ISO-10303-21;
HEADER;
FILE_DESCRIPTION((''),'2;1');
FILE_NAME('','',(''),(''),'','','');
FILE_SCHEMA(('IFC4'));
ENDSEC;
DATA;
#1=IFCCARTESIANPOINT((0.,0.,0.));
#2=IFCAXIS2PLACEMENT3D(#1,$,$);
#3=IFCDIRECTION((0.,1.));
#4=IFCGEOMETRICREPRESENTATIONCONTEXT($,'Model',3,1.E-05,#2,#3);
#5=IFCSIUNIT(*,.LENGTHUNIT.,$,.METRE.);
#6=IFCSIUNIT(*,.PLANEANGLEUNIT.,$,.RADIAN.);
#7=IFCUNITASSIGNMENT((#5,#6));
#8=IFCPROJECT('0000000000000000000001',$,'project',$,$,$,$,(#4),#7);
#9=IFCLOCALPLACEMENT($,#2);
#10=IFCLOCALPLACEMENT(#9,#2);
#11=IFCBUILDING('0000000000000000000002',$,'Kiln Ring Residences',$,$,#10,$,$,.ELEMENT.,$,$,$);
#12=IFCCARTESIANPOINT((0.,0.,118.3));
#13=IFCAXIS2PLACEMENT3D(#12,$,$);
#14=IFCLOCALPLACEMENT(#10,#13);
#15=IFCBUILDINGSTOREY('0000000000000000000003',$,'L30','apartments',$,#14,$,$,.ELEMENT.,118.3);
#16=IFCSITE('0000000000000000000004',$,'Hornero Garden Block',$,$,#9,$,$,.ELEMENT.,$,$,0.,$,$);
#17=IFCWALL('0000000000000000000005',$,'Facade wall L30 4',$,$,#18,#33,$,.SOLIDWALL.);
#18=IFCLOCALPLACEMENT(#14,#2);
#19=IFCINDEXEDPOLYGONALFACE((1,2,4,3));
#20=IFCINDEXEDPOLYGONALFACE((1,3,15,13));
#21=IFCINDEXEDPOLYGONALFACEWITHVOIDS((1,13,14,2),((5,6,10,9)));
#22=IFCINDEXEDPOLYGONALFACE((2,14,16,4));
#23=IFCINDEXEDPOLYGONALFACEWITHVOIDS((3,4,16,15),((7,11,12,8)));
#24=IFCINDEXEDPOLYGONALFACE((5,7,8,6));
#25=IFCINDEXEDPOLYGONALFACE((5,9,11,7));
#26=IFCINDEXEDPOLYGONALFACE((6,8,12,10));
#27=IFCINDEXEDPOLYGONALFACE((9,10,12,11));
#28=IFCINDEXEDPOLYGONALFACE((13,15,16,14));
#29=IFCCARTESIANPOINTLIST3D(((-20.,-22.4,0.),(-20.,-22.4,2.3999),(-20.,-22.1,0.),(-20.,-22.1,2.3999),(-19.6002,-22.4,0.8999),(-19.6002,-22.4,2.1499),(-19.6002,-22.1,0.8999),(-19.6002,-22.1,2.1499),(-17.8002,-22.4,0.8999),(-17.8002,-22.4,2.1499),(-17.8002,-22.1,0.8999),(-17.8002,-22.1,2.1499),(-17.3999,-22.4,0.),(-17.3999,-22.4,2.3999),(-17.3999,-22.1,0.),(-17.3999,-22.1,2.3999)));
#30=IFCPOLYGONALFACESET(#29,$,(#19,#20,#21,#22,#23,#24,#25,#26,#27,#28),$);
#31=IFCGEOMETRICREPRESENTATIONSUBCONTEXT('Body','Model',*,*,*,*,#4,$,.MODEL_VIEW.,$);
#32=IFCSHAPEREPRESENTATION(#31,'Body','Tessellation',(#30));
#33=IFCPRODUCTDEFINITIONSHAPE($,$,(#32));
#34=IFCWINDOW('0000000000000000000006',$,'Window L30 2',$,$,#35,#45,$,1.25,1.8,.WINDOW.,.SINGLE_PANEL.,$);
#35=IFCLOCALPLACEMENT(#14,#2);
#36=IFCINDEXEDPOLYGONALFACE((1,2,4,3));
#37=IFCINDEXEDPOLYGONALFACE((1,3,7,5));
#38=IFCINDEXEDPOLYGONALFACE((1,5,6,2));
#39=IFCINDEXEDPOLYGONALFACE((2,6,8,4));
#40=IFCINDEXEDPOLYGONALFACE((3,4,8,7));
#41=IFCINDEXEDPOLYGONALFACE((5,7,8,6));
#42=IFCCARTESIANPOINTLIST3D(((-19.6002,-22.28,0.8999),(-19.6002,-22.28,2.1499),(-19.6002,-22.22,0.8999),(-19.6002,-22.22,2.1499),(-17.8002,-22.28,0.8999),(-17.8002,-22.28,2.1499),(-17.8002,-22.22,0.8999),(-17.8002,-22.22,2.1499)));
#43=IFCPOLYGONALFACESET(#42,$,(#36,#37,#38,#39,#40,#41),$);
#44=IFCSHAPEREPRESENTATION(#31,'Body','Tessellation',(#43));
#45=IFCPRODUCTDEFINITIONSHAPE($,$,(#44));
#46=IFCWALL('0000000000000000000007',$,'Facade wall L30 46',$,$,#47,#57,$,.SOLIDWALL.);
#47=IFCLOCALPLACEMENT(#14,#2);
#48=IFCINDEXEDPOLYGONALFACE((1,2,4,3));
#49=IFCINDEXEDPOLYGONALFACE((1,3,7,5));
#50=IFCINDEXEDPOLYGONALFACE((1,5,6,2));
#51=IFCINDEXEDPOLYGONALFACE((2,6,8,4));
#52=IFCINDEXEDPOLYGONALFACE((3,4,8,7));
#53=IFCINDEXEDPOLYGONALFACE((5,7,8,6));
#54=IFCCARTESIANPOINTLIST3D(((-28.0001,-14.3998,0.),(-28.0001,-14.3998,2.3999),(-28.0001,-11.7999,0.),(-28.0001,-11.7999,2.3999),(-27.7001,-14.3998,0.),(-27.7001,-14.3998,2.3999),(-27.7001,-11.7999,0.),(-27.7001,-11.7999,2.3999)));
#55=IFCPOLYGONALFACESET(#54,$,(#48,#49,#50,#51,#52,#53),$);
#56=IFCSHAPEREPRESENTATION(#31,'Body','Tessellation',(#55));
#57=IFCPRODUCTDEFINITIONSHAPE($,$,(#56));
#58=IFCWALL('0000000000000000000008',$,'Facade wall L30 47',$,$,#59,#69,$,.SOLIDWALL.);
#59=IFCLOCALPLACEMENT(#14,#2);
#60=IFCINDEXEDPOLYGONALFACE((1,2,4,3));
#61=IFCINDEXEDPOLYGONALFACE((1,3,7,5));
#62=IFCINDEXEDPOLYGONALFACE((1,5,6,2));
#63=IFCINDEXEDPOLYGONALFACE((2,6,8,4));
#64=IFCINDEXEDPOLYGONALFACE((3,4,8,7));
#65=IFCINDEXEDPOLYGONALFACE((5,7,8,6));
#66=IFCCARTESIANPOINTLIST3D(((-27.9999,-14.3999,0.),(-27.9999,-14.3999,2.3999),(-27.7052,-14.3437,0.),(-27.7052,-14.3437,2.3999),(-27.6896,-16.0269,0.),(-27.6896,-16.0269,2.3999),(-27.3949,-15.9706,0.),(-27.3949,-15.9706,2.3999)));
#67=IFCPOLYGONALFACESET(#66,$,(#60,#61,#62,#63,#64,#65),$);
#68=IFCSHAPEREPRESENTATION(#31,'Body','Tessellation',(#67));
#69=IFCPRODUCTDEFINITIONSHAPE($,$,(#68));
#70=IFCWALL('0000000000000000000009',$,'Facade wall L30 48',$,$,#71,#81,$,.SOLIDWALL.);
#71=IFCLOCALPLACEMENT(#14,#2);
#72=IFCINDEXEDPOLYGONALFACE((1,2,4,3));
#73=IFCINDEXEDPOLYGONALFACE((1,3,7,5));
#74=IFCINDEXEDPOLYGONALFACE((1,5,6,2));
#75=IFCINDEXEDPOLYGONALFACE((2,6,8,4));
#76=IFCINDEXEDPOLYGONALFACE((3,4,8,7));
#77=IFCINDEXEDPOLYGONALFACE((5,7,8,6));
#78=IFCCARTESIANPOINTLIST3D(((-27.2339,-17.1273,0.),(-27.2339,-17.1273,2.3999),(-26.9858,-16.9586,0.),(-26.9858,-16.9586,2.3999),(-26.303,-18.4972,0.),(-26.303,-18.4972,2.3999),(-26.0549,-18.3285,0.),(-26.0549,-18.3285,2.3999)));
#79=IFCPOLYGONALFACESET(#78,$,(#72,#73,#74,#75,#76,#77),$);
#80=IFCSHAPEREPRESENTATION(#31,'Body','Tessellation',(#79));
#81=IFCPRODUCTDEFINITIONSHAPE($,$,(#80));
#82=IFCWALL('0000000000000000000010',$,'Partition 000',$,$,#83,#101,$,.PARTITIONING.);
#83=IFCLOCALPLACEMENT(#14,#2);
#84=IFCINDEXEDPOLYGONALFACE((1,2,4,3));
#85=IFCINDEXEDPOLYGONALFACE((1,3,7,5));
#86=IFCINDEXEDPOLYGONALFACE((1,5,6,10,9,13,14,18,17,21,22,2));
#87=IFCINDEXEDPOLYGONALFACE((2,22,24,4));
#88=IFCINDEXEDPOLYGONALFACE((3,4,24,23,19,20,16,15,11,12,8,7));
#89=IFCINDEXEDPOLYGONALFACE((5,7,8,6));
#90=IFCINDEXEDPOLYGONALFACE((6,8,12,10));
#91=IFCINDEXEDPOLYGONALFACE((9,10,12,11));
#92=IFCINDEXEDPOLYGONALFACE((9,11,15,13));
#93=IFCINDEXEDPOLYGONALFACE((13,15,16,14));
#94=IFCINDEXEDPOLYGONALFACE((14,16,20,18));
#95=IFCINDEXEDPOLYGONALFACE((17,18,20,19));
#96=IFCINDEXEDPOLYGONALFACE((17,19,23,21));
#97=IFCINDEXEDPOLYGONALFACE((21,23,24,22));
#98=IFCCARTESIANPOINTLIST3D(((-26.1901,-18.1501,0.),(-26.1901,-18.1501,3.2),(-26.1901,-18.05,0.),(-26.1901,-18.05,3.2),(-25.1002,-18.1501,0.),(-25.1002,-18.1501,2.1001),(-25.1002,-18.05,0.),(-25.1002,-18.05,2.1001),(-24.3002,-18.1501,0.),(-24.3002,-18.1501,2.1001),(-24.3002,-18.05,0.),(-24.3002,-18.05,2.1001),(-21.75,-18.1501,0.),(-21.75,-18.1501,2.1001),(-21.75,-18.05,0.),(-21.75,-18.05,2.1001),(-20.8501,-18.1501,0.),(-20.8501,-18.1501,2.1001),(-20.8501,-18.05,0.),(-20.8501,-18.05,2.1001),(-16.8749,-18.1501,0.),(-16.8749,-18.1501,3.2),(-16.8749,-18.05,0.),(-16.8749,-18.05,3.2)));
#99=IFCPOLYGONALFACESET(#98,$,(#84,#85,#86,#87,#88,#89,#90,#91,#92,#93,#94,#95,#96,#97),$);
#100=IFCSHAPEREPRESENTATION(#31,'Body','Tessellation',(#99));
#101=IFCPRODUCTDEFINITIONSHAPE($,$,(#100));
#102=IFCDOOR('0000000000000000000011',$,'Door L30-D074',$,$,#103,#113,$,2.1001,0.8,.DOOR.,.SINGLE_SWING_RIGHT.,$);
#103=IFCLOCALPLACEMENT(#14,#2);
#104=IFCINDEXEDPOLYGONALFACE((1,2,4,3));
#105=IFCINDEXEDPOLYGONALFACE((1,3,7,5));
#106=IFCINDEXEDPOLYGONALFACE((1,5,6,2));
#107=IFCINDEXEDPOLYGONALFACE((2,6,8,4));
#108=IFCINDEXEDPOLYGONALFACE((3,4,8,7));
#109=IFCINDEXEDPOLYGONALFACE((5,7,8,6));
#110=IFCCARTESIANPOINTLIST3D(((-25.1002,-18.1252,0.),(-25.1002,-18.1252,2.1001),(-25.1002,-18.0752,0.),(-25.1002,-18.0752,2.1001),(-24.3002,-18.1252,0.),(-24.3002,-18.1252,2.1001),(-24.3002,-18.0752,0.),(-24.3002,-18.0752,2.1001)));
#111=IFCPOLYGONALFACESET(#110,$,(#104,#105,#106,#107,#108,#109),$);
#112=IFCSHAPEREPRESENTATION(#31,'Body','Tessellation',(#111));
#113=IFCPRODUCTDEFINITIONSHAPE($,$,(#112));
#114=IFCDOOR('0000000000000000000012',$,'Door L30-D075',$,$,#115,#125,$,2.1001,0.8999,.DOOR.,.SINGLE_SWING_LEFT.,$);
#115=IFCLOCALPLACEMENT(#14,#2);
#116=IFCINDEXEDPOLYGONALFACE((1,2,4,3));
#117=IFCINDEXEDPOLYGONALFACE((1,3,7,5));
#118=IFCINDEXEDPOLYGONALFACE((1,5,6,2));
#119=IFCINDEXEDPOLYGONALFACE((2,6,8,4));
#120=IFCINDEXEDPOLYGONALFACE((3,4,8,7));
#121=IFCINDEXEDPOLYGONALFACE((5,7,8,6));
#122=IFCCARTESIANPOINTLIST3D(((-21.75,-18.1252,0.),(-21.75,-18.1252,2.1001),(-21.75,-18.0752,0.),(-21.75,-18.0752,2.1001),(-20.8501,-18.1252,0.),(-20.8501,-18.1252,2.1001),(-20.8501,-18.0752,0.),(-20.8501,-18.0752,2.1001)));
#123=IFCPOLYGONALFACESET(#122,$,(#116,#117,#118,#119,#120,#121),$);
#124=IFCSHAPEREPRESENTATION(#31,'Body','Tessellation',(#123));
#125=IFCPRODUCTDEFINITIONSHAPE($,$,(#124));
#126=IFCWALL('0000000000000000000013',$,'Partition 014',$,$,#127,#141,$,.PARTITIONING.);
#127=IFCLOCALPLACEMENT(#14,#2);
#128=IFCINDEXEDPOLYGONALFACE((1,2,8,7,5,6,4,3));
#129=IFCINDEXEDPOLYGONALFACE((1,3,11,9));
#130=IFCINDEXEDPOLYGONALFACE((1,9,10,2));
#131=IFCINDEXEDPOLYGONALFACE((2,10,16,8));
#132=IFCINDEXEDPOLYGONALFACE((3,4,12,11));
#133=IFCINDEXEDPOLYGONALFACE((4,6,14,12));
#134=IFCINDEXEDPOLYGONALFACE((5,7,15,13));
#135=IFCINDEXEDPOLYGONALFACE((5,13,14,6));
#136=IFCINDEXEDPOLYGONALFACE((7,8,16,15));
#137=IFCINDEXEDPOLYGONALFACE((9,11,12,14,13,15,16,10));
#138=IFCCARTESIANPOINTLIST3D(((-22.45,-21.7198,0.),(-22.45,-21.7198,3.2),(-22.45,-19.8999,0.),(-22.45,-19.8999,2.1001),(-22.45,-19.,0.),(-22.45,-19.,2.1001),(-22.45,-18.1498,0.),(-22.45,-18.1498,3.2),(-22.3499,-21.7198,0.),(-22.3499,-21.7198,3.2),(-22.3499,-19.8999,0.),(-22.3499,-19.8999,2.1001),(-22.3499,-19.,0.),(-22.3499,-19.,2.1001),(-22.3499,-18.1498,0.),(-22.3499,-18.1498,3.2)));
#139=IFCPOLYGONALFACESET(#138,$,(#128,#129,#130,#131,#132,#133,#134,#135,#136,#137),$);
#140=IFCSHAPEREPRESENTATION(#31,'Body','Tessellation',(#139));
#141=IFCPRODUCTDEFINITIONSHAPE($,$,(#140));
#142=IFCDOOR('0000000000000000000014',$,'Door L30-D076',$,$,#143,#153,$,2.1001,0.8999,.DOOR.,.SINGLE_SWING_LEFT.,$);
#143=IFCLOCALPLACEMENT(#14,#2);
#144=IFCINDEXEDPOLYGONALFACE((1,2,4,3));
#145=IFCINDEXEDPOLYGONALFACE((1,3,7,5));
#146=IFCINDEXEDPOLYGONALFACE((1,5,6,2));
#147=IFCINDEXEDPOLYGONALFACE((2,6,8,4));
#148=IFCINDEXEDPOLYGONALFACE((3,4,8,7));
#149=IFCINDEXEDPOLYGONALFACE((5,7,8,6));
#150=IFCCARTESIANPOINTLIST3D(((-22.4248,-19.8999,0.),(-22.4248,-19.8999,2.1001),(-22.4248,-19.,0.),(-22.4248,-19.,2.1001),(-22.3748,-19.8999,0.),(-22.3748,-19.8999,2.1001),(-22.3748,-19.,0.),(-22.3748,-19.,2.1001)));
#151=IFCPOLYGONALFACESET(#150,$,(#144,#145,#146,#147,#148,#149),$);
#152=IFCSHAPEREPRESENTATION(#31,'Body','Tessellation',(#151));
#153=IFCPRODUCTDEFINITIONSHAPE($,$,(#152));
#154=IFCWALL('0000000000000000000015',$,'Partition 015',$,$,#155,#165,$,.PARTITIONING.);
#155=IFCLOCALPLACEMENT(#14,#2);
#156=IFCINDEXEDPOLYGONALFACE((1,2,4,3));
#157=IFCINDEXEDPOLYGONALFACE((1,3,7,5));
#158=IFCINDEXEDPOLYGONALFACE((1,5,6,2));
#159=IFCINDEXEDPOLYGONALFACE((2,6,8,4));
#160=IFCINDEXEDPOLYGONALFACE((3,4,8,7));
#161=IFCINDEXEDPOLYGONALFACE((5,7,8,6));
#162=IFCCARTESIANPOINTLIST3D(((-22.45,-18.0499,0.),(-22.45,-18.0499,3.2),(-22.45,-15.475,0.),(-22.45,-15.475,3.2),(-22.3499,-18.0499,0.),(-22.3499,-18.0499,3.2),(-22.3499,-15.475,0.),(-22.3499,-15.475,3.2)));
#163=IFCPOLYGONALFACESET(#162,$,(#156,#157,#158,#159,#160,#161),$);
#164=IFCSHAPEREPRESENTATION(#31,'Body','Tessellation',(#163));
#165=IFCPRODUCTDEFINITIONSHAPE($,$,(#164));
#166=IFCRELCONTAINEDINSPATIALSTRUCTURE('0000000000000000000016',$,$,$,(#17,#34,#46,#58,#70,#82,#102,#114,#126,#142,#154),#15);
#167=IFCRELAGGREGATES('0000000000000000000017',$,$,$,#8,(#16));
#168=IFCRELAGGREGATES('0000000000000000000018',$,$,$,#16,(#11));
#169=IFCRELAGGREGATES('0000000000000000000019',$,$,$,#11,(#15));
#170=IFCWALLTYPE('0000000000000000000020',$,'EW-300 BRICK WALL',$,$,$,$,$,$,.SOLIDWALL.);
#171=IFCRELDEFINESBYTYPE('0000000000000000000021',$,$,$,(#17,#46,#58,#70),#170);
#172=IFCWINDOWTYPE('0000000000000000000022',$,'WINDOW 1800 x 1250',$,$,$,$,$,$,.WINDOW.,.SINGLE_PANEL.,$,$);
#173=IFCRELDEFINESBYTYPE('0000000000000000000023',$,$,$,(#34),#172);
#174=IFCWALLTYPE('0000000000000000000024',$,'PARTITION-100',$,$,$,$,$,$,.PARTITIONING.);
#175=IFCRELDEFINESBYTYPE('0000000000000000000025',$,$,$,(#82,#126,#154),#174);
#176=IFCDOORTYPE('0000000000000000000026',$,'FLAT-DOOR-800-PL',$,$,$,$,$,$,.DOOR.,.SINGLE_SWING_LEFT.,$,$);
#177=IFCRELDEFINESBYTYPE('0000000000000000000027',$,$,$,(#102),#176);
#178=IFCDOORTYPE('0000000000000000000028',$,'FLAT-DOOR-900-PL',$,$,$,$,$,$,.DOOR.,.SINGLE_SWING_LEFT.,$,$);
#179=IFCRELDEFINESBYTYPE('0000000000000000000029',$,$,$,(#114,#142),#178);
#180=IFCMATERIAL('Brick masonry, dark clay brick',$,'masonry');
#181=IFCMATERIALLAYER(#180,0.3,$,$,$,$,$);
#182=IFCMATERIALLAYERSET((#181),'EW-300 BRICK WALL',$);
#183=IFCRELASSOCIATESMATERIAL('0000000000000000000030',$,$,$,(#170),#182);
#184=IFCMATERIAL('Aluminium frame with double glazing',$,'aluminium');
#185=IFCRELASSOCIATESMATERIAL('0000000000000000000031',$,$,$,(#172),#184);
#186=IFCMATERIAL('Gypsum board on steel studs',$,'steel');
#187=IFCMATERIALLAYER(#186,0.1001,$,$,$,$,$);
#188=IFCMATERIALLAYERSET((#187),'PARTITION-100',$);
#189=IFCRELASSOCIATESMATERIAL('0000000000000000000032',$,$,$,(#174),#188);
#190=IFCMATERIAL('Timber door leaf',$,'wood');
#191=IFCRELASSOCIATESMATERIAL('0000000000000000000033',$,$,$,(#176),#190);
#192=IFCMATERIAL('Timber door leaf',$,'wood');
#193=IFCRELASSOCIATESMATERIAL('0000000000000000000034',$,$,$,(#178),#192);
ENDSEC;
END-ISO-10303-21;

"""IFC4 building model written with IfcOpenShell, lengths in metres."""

from ifc_helpers import new_model, si_unit, direction, frame, frame_2d, origin, place, context, subcontext, project, spatial, rectangle, extrude, material, layer, layer_set, type_object, element, fill, save


model = new_model("IFC4")

# Units and contexts
model_context = context("Model", 3, precision=1e-05, world=origin(), true_north=direction((0.0, 1.0)))
body_context = subcontext(model_context, "Body", "Model", "MODEL_VIEW")
ifc_project = project(units=[si_unit("LENGTHUNIT", "METRE"), si_unit("PLANEANGLEUNIT", "RADIAN")], contexts=[model_context])

# Site, building, storey
site_placement = place(None, origin())
site = spatial("IfcSite", under=ifc_project, at=site_placement, Name="Hornero Garden Block", CompositionType="ELEMENT", RefElevation=0.0)
building_placement = place(site_placement, origin())
building = spatial("IfcBuilding", under=site, at=building_placement, Name="Kiln Ring Residences", CompositionType="ELEMENT")
storey_placement = place(building_placement, frame((0.0, 0.0, 118.3)))
storey = spatial("IfcBuildingStorey", under=building, at=storey_placement, Name="L30", Description="apartments", CompositionType="ELEMENT", Elevation=118.3)

# Shared definitions
ifc_material_1 = material(Name="Brick masonry, dark clay brick", Category="masonry")
ifc_layer_1 = layer(ifc_material_1, 0.3)
ifc_layer_set_1 = layer_set([ifc_layer_1], Name="EW-300 BRICK WALL")
wall_type_1 = type_object("IfcWallType", Name="EW-300 BRICK WALL", PredefinedType="SOLIDWALL", material=ifc_layer_set_1)

# Wall, opening, window
wall_1_placement = place(storey_placement, frame((-20.0, -22.25, 0.0), z_axis=(0.0, 0.0, 1.0), x_axis=(1.0, 0.0, 0.0)))
wall_1 = element("IfcWall", 1, at=wall_1_placement, inside=storey, type_object=wall_type_1, Name="Facade wall L30 4", PredefinedType="SOLIDWALL", context=body_context, shape_type="SweptSolid", body=[
    extrude(rectangle(XDim=2.6001, YDim=0.3, at=frame_2d((1.3, 0.0))), origin(), (0.0, 0.0, 1.0), 2.3999),
])
opening_1_placement = place(wall_1_placement, frame((0.3999, 0.0, 0.8999)))
opening_1 = element("IfcOpeningElement", 2, at=opening_1_placement, cuts=wall_1, PredefinedType="OPENING", context=body_context, shape_type="SweptSolid", body=[
    extrude(rectangle(XDim=1.8, YDim=1.25, at=frame_2d((0.8999, 0.625))), frame((0.0, 0.1599, 0.0), z_axis=(0.0, -1.0, 0.0), x_axis=(1.0, 0.0, 0.0)), (0.0, 0.0, 1.0), 0.3201),
])
ifc_material_2 = material(Name="Aluminium frame with double glazing", Category="aluminium")
window_type_1 = type_object("IfcWindowType", Name="WINDOW 1800 x 1250", PartitioningType="SINGLE_PANEL", PredefinedType="WINDOW", material=ifc_material_2)
window_1_placement = place(opening_1_placement, origin())
window_1 = element("IfcWindow", 3, at=window_1_placement, inside=storey, type_object=window_type_1, Name="Window L30 2", OverallHeight=1.25, OverallWidth=1.8, PartitioningType="SINGLE_PANEL", PredefinedType="WINDOW", context=body_context, shape_type="SweptSolid", body=[
    extrude(rectangle(XDim=1.8, YDim=1.25, at=frame_2d((0.8999, 0.625))), frame((0.0, 0.03, 0.0), z_axis=(0.0, -1.0, 0.0), x_axis=(1.0, 0.0, 0.0)), (0.0, 0.0, 1.0), 0.0601),
])
fill(opening_1, window_1)

# Walls
wall_2_placement = place(storey_placement, frame((-27.8501, -11.8, 0.0), z_axis=(0.0, 0.0, 1.0), x_axis=(0.0, -1.0, 0.0)))
element("IfcWall", 4, at=wall_2_placement, inside=storey, type_object=wall_type_1, Name="Facade wall L30 46", PredefinedType="SOLIDWALL", context=body_context, shape_type="SweptSolid", body=[
    extrude(rectangle(XDim=2.5999, YDim=0.3, at=frame_2d((1.2998, 0.0))), origin(), (0.0, 0.0, 1.0), 2.3999),
])
for number, where, z_axis, x_axis, name in (
    (5, (-27.8525, -14.3718, 0.0), (0.0, 0.0, 1.0), (0.187349, -0.982293, 0.0), "Facade wall L30 47"),
    (6, (-27.1099, -17.043, 0.0), (0.0, 0.0, 1.0), (0.56206, -0.827096, 0.0), "Facade wall L30 48"),
):
    element("IfcWall", number, at=place(storey_placement, frame(where, z_axis=z_axis, x_axis=x_axis)), inside=storey, type_object=wall_type_1, Name=name, PredefinedType="SOLIDWALL", context=body_context, shape_type="SweptSolid", body=[
        extrude(rectangle(XDim=1.6562, YDim=0.3, at=frame_2d((0.8281, 0.0))), origin(), (0.0, 0.0, 1.0), 2.3999),
    ])

# Wall, openings, doors
ifc_material_3 = material(Name="Gypsum board on steel studs", Category="steel")
ifc_layer_2 = layer(ifc_material_3, 0.1001)
ifc_layer_set_2 = layer_set([ifc_layer_2], Name="PARTITION-100")
wall_type_2 = type_object("IfcWallType", Name="PARTITION-100", PredefinedType="PARTITIONING", material=ifc_layer_set_2)
wall_3_placement = place(storey_placement, frame((-26.1902, -18.1001, 0.0), z_axis=(0.0, 0.0, 1.0), x_axis=(1.0, 0.0, 0.0)))
wall_3 = element("IfcWall", 7, at=wall_3_placement, inside=storey, type_object=wall_type_2, Name="Partition 000", PredefinedType="PARTITIONING", context=body_context, shape_type="SweptSolid", body=[
    extrude(rectangle(XDim=9.3152, YDim=0.1001, at=frame_2d((4.6577, 0.0))), origin(), (0.0, 0.0, 1.0), 3.2),
])
opening_2_placement = place(wall_3_placement, frame((1.0901, 0.0, 0.0)))
opening_2 = element("IfcOpeningElement", 8, at=opening_2_placement, cuts=wall_3, PredefinedType="OPENING", context=body_context, shape_type="SweptSolid", body=[
    extrude(rectangle(XDim=0.8, YDim=2.1001, at=frame_2d((0.3999, 1.05))), frame((0.0, 0.0601, 0.0), z_axis=(0.0, -1.0, 0.0), x_axis=(1.0, 0.0, 0.0)), (0.0, 0.0, 1.0), 0.1201),
])
opening_3_placement = place(wall_3_placement, frame((4.4402, 0.0, 0.0)))
opening_3 = element("IfcOpeningElement", 9, at=opening_3_placement, cuts=wall_3, PredefinedType="OPENING", context=body_context, shape_type="SweptSolid", body=[
    extrude(rectangle(XDim=0.8999, YDim=2.1001, at=frame_2d((0.45, 1.05))), frame((0.0, 0.0601, 0.0), z_axis=(0.0, -1.0, 0.0), x_axis=(1.0, 0.0, 0.0)), (0.0, 0.0, 1.0), 0.1201),
])
ifc_material_4 = material(Name="Timber door leaf", Category="wood")
door_type_1 = type_object("IfcDoorType", Name="FLAT-DOOR-800-PL", OperationType="SINGLE_SWING_LEFT", PredefinedType="DOOR", material=ifc_material_4)
door_1_placement = place(opening_2_placement, origin())
door_1 = element("IfcDoor", 10, at=door_1_placement, inside=storey, type_object=door_type_1, Name="Door L30-D074", OperationType="SINGLE_SWING_RIGHT", OverallHeight=2.1001, OverallWidth=0.8, PredefinedType="DOOR", context=body_context, shape_type="SweptSolid", body=[
    extrude(rectangle(XDim=0.8, YDim=2.1001, at=frame_2d((0.3999, 1.05))), frame((0.0, 0.0249, 0.0), z_axis=(0.0, -1.0, 0.0), x_axis=(1.0, 0.0, 0.0)), (0.0, 0.0, 1.0), 0.05),
])
fill(opening_2, door_1)
ifc_material_5 = material(Name="Timber door leaf", Category="wood")
door_type_2 = type_object("IfcDoorType", Name="FLAT-DOOR-900-PL", OperationType="SINGLE_SWING_LEFT", PredefinedType="DOOR", material=ifc_material_5)
door_2_placement = place(opening_3_placement, origin())
door_2 = element("IfcDoor", 11, at=door_2_placement, inside=storey, type_object=door_type_2, Name="Door L30-D075", OperationType="SINGLE_SWING_LEFT", OverallHeight=2.1001, OverallWidth=0.8999, PredefinedType="DOOR", context=body_context, shape_type="SweptSolid", body=[
    extrude(rectangle(XDim=0.8999, YDim=2.1001, at=frame_2d((0.45, 1.05))), frame((0.0, 0.0249, 0.0), z_axis=(0.0, -1.0, 0.0), x_axis=(1.0, 0.0, 0.0)), (0.0, 0.0, 1.0), 0.05),
])
fill(opening_3, door_2)

# Wall, opening, door
wall_4_placement = place(storey_placement, frame((-22.3999, -21.72, 0.0), z_axis=(0.0, 0.0, 1.0), x_axis=(0.0, 1.0, 0.0)))
wall_4 = element("IfcWall", 12, at=wall_4_placement, inside=storey, type_object=wall_type_2, Name="Partition 014", PredefinedType="PARTITIONING", context=body_context, shape_type="SweptSolid", body=[
    extrude(rectangle(XDim=3.5701, YDim=0.1001, at=frame_2d((1.7852, 0.0))), origin(), (0.0, 0.0, 1.0), 3.2),
])
opening_4_placement = place(wall_4_placement, frame((1.8201, 0.0, 0.0)))
opening_4 = element("IfcOpeningElement", 13, at=opening_4_placement, cuts=wall_4, PredefinedType="OPENING", context=body_context, shape_type="SweptSolid", body=[
    extrude(rectangle(XDim=0.8999, YDim=2.1001, at=frame_2d((0.45, 1.05))), frame((0.0, 0.0601, 0.0), z_axis=(0.0, -1.0, 0.0), x_axis=(1.0, 0.0, 0.0)), (0.0, 0.0, 1.0), 0.1201),
])
door_3_placement = place(opening_4_placement, origin())
door_3 = element("IfcDoor", 14, at=door_3_placement, inside=storey, type_object=door_type_2, Name="Door L30-D076", OperationType="SINGLE_SWING_LEFT", OverallHeight=2.1001, OverallWidth=0.8999, PredefinedType="DOOR", context=body_context, shape_type="SweptSolid", body=[
    extrude(rectangle(XDim=0.8999, YDim=2.1001, at=frame_2d((0.45, 1.05))), frame((0.0, 0.0249, 0.0), z_axis=(0.0, -1.0, 0.0), x_axis=(1.0, 0.0, 0.0)), (0.0, 0.0, 1.0), 0.05),
])
fill(opening_4, door_3)

# Wall
wall_5_placement = place(storey_placement, frame((-22.3999, -18.05, 0.0), z_axis=(0.0, 0.0, 1.0), x_axis=(0.0, 1.0, 0.0)))
element("IfcWall", 15, at=wall_5_placement, inside=storey, type_object=wall_type_2, Name="Partition 015", PredefinedType="PARTITIONING", context=body_context, shape_type="SweptSolid", body=[
    extrude(rectangle(XDim=2.575, YDim=0.1001, at=frame_2d((1.2876, 0.0))), origin(), (0.0, 0.0, 1.0), 3.2),
])

save(model, "model.ifc")
